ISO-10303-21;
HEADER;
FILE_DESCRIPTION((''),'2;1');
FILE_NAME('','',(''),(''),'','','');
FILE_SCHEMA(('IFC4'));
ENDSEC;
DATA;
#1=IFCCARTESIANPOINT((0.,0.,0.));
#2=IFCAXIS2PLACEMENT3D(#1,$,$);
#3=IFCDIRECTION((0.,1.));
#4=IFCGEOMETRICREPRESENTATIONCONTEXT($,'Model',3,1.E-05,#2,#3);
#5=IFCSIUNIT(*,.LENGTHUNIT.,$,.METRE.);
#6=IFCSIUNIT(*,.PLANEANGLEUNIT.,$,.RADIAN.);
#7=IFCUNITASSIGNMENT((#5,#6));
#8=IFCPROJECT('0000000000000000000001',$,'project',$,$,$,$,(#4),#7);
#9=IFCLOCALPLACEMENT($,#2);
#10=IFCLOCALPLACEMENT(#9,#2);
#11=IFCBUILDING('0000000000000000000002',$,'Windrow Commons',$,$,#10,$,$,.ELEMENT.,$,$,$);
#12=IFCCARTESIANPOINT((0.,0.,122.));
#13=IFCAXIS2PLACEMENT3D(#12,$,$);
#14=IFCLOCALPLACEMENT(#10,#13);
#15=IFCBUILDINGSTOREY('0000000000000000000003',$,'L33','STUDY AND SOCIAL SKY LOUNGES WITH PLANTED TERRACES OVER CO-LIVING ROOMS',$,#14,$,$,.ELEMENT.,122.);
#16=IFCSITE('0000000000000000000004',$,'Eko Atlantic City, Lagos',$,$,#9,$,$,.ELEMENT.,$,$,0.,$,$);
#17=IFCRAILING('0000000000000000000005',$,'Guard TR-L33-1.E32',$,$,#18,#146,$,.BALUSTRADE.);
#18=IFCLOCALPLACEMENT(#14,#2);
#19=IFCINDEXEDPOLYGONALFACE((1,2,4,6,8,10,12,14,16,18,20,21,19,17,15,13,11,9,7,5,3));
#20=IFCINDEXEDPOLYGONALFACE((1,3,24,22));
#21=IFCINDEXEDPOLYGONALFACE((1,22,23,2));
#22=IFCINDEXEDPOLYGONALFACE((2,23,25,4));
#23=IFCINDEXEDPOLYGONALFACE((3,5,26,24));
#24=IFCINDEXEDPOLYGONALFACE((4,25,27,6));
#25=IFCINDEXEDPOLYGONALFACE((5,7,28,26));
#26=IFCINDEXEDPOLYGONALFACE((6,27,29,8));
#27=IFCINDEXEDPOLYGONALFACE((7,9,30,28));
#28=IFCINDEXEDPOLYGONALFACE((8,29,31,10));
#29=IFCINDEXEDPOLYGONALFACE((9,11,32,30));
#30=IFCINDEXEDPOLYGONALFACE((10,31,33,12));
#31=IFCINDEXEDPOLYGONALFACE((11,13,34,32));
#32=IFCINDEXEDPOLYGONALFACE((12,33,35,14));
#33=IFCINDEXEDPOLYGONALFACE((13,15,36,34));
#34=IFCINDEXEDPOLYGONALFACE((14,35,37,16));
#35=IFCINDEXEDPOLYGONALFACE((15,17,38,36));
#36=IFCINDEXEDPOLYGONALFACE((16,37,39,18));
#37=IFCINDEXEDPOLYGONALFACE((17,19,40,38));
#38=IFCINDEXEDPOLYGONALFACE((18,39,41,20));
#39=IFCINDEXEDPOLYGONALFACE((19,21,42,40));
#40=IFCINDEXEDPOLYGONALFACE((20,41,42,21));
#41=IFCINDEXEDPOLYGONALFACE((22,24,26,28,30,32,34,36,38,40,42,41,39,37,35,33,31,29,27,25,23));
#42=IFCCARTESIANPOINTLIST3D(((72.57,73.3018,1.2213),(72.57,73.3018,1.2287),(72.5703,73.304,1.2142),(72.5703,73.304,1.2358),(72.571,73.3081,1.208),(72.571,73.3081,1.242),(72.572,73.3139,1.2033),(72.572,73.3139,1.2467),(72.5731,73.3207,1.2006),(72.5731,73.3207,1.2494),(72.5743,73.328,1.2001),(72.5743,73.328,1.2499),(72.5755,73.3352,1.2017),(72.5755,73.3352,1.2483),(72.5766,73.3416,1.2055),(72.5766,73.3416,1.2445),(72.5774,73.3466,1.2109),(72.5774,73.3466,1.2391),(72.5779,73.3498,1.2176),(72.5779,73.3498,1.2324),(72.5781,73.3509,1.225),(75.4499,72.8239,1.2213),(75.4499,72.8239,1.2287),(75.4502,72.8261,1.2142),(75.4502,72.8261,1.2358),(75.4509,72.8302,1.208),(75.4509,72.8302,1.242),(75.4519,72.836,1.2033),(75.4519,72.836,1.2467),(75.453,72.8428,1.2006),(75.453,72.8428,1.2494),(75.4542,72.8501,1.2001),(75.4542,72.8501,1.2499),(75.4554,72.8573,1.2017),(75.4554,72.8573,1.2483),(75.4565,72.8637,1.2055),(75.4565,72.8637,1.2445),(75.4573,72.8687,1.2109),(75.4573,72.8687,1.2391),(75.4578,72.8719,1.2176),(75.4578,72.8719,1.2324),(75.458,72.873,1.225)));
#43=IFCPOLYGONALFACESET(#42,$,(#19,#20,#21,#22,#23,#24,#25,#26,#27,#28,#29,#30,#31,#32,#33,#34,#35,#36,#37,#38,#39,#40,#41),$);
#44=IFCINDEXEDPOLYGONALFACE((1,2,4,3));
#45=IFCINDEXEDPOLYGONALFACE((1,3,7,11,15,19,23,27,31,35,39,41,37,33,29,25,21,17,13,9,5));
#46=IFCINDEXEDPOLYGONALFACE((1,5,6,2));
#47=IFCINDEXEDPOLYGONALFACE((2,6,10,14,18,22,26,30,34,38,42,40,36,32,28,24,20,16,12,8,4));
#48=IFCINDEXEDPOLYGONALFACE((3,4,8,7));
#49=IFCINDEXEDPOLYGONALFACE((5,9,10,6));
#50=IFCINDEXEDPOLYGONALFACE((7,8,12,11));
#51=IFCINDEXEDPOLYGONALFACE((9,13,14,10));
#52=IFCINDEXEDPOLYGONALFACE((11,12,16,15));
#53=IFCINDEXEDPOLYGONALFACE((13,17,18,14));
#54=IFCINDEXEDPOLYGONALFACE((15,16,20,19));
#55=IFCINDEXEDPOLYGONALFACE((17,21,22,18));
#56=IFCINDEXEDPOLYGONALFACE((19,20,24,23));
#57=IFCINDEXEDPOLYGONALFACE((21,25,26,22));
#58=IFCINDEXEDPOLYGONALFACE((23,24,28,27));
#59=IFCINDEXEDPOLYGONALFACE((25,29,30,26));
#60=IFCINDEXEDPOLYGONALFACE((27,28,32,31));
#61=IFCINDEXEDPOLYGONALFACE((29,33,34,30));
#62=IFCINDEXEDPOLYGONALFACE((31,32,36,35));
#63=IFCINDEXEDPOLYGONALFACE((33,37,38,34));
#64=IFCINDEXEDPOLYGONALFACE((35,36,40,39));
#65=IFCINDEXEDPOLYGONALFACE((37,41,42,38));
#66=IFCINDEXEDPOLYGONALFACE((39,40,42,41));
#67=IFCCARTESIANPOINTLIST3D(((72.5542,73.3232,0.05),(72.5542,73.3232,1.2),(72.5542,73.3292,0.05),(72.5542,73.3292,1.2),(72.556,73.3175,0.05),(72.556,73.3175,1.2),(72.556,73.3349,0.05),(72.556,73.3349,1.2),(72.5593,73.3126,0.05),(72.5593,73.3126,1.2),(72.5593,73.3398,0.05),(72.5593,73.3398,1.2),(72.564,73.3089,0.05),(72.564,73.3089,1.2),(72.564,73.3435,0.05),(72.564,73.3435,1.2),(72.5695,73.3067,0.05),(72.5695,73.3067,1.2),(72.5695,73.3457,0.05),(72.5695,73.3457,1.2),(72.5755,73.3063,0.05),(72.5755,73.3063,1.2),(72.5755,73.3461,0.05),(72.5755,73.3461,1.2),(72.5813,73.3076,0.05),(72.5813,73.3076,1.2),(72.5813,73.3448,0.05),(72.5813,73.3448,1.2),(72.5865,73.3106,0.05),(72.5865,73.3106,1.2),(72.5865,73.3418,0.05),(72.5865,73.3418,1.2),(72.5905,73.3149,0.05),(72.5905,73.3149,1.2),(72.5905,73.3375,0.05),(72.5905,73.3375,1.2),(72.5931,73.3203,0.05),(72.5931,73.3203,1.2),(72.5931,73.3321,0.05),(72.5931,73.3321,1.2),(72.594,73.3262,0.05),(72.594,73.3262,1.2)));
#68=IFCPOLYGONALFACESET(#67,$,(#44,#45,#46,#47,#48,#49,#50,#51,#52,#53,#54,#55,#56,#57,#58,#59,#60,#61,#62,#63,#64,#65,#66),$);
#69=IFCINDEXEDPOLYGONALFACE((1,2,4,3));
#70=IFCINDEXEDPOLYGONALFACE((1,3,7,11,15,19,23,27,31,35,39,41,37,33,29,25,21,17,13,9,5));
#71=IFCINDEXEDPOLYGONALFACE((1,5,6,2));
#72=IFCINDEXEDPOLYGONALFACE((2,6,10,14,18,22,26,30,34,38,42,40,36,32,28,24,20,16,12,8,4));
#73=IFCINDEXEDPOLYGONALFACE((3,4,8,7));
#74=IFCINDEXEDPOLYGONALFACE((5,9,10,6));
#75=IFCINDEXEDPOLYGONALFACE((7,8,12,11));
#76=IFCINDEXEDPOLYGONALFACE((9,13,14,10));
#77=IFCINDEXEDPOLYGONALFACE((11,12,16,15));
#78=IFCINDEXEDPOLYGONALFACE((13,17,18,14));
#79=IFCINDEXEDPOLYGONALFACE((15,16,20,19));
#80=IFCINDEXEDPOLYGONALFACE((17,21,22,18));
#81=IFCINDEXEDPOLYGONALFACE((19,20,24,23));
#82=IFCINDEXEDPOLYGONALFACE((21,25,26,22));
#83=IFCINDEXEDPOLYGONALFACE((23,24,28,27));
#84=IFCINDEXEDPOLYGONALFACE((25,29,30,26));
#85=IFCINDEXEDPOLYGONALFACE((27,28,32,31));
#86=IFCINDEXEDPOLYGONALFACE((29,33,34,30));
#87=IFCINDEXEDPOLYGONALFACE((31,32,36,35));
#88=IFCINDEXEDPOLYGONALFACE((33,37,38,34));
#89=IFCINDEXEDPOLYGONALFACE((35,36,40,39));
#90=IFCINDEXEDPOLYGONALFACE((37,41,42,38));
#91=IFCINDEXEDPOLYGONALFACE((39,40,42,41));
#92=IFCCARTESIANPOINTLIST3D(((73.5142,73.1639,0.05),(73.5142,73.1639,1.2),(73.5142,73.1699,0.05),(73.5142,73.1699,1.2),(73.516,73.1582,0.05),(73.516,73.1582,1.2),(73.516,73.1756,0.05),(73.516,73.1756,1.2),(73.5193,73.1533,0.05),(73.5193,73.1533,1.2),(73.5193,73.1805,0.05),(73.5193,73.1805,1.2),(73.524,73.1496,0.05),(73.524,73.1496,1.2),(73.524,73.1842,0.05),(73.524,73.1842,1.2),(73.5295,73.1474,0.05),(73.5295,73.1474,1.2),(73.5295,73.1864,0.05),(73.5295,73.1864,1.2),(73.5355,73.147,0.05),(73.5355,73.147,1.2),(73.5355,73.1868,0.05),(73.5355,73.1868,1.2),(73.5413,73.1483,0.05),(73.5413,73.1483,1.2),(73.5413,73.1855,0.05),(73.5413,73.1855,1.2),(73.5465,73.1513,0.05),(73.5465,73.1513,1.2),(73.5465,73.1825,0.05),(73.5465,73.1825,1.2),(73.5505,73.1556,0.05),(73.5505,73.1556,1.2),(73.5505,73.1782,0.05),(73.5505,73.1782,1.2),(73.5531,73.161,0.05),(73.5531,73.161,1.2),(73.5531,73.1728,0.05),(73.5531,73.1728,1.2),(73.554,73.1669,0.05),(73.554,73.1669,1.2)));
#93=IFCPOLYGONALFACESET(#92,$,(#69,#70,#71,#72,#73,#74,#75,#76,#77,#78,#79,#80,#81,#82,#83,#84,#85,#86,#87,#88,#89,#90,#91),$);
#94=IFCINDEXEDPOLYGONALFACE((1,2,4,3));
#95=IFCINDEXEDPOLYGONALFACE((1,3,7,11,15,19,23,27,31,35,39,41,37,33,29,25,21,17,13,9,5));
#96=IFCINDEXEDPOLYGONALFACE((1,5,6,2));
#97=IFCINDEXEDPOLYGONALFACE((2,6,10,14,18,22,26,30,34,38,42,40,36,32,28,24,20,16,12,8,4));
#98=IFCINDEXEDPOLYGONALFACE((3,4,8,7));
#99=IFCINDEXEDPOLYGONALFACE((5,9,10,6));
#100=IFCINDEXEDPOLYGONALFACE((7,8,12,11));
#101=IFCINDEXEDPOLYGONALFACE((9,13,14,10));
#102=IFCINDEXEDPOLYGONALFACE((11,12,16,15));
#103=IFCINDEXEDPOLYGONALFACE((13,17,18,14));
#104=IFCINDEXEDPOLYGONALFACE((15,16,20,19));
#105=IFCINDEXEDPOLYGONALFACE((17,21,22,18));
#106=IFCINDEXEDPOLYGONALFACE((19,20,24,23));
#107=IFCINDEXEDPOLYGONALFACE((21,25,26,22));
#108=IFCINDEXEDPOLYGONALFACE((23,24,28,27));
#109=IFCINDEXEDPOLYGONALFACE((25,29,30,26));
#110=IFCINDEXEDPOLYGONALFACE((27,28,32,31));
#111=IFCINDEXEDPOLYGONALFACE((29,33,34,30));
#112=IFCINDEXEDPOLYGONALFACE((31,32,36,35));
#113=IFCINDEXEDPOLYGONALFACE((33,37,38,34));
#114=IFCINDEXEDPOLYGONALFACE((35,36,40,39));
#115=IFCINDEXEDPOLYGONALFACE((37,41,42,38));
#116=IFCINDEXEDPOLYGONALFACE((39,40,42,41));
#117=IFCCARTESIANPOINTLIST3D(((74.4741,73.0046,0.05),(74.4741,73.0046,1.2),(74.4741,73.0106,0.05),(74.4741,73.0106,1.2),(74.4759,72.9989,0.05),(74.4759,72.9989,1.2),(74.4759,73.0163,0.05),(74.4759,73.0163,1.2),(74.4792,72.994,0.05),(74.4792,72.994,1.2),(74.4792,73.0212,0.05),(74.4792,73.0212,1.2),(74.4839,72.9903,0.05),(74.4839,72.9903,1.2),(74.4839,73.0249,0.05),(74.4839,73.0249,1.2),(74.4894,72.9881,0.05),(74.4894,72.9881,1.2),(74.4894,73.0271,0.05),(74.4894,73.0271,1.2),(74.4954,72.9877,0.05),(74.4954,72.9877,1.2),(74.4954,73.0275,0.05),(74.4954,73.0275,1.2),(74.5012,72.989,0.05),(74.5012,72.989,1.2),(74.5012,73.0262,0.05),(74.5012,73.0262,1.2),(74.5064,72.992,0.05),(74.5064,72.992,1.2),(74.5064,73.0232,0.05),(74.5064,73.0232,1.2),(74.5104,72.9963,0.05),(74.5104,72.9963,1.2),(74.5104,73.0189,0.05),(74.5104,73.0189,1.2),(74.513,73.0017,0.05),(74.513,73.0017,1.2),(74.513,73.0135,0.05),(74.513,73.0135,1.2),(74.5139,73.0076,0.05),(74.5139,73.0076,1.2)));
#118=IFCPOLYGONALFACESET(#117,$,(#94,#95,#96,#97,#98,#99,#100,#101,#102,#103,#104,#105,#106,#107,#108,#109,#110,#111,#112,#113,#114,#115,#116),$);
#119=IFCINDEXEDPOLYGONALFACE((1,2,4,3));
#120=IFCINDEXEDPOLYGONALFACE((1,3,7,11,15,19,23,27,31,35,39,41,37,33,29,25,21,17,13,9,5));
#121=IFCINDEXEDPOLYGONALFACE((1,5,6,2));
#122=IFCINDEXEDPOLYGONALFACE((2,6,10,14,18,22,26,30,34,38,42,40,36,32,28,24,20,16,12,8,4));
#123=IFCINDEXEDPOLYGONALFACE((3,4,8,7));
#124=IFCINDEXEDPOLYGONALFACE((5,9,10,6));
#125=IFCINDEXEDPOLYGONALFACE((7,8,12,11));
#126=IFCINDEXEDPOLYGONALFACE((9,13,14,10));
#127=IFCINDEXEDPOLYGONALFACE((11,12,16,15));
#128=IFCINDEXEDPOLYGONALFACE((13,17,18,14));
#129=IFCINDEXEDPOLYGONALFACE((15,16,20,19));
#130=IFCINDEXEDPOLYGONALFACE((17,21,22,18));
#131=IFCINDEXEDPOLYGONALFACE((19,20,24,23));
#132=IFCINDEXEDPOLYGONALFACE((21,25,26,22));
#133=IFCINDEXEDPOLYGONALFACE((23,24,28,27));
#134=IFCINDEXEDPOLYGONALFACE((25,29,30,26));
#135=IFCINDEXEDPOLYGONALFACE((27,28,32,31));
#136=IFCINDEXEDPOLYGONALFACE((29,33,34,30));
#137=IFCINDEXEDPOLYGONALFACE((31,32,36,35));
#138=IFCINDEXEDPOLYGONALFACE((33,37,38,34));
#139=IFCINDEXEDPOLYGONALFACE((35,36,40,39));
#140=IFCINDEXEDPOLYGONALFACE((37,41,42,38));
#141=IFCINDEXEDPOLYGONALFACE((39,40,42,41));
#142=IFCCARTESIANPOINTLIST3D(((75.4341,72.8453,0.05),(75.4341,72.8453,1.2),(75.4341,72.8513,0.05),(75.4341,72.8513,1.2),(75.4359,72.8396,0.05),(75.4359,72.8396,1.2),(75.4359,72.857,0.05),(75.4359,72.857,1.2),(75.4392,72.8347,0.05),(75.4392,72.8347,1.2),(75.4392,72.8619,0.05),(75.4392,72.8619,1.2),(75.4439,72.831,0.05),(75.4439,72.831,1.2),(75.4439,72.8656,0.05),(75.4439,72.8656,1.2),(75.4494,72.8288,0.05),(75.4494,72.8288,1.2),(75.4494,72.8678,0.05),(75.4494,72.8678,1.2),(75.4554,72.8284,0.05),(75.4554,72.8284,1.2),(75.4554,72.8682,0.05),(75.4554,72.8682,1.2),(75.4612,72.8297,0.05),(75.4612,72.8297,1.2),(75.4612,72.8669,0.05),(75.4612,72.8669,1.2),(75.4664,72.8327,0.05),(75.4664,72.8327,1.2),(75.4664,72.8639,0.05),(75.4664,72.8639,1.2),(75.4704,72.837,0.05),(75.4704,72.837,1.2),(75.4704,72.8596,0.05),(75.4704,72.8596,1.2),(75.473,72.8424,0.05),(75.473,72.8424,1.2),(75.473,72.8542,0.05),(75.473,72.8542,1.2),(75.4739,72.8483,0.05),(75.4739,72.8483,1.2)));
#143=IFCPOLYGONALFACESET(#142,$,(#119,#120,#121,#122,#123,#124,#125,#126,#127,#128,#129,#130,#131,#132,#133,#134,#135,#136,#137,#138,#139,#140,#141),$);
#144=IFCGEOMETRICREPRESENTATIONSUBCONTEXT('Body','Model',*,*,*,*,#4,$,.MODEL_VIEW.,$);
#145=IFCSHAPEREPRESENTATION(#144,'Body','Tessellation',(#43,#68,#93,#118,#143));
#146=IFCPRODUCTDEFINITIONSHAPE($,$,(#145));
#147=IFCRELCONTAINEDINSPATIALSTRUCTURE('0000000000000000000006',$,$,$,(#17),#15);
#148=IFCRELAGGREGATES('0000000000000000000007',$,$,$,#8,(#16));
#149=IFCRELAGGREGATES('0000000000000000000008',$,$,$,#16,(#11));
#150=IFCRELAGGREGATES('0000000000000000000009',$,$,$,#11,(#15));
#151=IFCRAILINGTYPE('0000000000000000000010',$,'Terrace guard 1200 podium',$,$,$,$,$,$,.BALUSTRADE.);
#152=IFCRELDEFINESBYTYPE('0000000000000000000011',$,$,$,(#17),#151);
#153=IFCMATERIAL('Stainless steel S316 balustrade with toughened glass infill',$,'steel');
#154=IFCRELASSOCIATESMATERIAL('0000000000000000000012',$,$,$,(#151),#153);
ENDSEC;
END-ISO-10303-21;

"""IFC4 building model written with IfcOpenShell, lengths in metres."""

from ifc_helpers import new_model, si_unit, direction, frame, origin, origin_2d, place, context, subcontext, project, spatial, circle, extrude, material, type_object, element, save


model = new_model("IFC4")

# Units and contexts
model_context = context("Model", 3, precision=1e-05, world=origin(), true_north=direction((0.0, 1.0)))
body_context = subcontext(model_context, "Body", "Model", "MODEL_VIEW")
ifc_project = project(units=[si_unit("LENGTHUNIT", "METRE"), si_unit("PLANEANGLEUNIT", "RADIAN")], contexts=[model_context])

# Site, building, storey
site_placement = place(None, origin())
site = spatial("IfcSite", under=ifc_project, at=site_placement, Name="Eko Atlantic City, Lagos", CompositionType="ELEMENT", RefElevation=0.0)
building_placement = place(site_placement, origin())
building = spatial("IfcBuilding", under=site, at=building_placement, Name="Windrow Commons", CompositionType="ELEMENT")
storey_placement = place(building_placement, frame((0.0, 0.0, 122.0)))
storey = spatial("IfcBuildingStorey", under=building, at=storey_placement, Name="L33", Description="STUDY AND SOCIAL SKY LOUNGES WITH PLANTED TERRACES OVER CO-LIVING ROOMS", CompositionType="ELEMENT", Elevation=122.0)

# Railing
ifc_material_1 = material(Name="Stainless steel S316 balustrade with toughened glass infill", Category="steel")
railing_type_1 = type_object("IfcRailingType", Name="Terrace guard 1200 podium", PredefinedType="BALUSTRADE", material=ifc_material_1)
railing_1_placement = place(storey_placement, frame((72.574, 73.3262, 0.05)))
element("IfcRailing", 1, at=railing_1_placement, inside=storey, type_object=railing_type_1, Name="Guard TR-L33-1.E32", PredefinedType="BALUSTRADE", context=body_context, shape_type="SweptSolid", body=[
    extrude(circle(Radius=0.025, at=origin_2d()), frame((0.0, 0.0, 1.175), z_axis=(0.986509, -0.163705, 0.0), x_axis=(0.163705, 0.986509, 0.0)), (0.0, 0.0, 1.0), 2.9193),
    extrude(circle(Radius=0.02, at=origin_2d()), origin(), (0.0, 0.0, 1.0), 1.15),
    extrude(circle(Radius=0.02, at=origin_2d()), frame((0.96, -0.1593, 0.0)), (0.0, 0.0, 1.0), 1.15),
    extrude(circle(Radius=0.02, at=origin_2d()), frame((1.9199, -0.3186, 0.0)), (0.0, 0.0, 1.0), 1.15),
    extrude(circle(Radius=0.02, at=origin_2d()), frame((2.8799, -0.4779, 0.0)), (0.0, 0.0, 1.0), 1.15),
])

save(model, "model.ifc")
